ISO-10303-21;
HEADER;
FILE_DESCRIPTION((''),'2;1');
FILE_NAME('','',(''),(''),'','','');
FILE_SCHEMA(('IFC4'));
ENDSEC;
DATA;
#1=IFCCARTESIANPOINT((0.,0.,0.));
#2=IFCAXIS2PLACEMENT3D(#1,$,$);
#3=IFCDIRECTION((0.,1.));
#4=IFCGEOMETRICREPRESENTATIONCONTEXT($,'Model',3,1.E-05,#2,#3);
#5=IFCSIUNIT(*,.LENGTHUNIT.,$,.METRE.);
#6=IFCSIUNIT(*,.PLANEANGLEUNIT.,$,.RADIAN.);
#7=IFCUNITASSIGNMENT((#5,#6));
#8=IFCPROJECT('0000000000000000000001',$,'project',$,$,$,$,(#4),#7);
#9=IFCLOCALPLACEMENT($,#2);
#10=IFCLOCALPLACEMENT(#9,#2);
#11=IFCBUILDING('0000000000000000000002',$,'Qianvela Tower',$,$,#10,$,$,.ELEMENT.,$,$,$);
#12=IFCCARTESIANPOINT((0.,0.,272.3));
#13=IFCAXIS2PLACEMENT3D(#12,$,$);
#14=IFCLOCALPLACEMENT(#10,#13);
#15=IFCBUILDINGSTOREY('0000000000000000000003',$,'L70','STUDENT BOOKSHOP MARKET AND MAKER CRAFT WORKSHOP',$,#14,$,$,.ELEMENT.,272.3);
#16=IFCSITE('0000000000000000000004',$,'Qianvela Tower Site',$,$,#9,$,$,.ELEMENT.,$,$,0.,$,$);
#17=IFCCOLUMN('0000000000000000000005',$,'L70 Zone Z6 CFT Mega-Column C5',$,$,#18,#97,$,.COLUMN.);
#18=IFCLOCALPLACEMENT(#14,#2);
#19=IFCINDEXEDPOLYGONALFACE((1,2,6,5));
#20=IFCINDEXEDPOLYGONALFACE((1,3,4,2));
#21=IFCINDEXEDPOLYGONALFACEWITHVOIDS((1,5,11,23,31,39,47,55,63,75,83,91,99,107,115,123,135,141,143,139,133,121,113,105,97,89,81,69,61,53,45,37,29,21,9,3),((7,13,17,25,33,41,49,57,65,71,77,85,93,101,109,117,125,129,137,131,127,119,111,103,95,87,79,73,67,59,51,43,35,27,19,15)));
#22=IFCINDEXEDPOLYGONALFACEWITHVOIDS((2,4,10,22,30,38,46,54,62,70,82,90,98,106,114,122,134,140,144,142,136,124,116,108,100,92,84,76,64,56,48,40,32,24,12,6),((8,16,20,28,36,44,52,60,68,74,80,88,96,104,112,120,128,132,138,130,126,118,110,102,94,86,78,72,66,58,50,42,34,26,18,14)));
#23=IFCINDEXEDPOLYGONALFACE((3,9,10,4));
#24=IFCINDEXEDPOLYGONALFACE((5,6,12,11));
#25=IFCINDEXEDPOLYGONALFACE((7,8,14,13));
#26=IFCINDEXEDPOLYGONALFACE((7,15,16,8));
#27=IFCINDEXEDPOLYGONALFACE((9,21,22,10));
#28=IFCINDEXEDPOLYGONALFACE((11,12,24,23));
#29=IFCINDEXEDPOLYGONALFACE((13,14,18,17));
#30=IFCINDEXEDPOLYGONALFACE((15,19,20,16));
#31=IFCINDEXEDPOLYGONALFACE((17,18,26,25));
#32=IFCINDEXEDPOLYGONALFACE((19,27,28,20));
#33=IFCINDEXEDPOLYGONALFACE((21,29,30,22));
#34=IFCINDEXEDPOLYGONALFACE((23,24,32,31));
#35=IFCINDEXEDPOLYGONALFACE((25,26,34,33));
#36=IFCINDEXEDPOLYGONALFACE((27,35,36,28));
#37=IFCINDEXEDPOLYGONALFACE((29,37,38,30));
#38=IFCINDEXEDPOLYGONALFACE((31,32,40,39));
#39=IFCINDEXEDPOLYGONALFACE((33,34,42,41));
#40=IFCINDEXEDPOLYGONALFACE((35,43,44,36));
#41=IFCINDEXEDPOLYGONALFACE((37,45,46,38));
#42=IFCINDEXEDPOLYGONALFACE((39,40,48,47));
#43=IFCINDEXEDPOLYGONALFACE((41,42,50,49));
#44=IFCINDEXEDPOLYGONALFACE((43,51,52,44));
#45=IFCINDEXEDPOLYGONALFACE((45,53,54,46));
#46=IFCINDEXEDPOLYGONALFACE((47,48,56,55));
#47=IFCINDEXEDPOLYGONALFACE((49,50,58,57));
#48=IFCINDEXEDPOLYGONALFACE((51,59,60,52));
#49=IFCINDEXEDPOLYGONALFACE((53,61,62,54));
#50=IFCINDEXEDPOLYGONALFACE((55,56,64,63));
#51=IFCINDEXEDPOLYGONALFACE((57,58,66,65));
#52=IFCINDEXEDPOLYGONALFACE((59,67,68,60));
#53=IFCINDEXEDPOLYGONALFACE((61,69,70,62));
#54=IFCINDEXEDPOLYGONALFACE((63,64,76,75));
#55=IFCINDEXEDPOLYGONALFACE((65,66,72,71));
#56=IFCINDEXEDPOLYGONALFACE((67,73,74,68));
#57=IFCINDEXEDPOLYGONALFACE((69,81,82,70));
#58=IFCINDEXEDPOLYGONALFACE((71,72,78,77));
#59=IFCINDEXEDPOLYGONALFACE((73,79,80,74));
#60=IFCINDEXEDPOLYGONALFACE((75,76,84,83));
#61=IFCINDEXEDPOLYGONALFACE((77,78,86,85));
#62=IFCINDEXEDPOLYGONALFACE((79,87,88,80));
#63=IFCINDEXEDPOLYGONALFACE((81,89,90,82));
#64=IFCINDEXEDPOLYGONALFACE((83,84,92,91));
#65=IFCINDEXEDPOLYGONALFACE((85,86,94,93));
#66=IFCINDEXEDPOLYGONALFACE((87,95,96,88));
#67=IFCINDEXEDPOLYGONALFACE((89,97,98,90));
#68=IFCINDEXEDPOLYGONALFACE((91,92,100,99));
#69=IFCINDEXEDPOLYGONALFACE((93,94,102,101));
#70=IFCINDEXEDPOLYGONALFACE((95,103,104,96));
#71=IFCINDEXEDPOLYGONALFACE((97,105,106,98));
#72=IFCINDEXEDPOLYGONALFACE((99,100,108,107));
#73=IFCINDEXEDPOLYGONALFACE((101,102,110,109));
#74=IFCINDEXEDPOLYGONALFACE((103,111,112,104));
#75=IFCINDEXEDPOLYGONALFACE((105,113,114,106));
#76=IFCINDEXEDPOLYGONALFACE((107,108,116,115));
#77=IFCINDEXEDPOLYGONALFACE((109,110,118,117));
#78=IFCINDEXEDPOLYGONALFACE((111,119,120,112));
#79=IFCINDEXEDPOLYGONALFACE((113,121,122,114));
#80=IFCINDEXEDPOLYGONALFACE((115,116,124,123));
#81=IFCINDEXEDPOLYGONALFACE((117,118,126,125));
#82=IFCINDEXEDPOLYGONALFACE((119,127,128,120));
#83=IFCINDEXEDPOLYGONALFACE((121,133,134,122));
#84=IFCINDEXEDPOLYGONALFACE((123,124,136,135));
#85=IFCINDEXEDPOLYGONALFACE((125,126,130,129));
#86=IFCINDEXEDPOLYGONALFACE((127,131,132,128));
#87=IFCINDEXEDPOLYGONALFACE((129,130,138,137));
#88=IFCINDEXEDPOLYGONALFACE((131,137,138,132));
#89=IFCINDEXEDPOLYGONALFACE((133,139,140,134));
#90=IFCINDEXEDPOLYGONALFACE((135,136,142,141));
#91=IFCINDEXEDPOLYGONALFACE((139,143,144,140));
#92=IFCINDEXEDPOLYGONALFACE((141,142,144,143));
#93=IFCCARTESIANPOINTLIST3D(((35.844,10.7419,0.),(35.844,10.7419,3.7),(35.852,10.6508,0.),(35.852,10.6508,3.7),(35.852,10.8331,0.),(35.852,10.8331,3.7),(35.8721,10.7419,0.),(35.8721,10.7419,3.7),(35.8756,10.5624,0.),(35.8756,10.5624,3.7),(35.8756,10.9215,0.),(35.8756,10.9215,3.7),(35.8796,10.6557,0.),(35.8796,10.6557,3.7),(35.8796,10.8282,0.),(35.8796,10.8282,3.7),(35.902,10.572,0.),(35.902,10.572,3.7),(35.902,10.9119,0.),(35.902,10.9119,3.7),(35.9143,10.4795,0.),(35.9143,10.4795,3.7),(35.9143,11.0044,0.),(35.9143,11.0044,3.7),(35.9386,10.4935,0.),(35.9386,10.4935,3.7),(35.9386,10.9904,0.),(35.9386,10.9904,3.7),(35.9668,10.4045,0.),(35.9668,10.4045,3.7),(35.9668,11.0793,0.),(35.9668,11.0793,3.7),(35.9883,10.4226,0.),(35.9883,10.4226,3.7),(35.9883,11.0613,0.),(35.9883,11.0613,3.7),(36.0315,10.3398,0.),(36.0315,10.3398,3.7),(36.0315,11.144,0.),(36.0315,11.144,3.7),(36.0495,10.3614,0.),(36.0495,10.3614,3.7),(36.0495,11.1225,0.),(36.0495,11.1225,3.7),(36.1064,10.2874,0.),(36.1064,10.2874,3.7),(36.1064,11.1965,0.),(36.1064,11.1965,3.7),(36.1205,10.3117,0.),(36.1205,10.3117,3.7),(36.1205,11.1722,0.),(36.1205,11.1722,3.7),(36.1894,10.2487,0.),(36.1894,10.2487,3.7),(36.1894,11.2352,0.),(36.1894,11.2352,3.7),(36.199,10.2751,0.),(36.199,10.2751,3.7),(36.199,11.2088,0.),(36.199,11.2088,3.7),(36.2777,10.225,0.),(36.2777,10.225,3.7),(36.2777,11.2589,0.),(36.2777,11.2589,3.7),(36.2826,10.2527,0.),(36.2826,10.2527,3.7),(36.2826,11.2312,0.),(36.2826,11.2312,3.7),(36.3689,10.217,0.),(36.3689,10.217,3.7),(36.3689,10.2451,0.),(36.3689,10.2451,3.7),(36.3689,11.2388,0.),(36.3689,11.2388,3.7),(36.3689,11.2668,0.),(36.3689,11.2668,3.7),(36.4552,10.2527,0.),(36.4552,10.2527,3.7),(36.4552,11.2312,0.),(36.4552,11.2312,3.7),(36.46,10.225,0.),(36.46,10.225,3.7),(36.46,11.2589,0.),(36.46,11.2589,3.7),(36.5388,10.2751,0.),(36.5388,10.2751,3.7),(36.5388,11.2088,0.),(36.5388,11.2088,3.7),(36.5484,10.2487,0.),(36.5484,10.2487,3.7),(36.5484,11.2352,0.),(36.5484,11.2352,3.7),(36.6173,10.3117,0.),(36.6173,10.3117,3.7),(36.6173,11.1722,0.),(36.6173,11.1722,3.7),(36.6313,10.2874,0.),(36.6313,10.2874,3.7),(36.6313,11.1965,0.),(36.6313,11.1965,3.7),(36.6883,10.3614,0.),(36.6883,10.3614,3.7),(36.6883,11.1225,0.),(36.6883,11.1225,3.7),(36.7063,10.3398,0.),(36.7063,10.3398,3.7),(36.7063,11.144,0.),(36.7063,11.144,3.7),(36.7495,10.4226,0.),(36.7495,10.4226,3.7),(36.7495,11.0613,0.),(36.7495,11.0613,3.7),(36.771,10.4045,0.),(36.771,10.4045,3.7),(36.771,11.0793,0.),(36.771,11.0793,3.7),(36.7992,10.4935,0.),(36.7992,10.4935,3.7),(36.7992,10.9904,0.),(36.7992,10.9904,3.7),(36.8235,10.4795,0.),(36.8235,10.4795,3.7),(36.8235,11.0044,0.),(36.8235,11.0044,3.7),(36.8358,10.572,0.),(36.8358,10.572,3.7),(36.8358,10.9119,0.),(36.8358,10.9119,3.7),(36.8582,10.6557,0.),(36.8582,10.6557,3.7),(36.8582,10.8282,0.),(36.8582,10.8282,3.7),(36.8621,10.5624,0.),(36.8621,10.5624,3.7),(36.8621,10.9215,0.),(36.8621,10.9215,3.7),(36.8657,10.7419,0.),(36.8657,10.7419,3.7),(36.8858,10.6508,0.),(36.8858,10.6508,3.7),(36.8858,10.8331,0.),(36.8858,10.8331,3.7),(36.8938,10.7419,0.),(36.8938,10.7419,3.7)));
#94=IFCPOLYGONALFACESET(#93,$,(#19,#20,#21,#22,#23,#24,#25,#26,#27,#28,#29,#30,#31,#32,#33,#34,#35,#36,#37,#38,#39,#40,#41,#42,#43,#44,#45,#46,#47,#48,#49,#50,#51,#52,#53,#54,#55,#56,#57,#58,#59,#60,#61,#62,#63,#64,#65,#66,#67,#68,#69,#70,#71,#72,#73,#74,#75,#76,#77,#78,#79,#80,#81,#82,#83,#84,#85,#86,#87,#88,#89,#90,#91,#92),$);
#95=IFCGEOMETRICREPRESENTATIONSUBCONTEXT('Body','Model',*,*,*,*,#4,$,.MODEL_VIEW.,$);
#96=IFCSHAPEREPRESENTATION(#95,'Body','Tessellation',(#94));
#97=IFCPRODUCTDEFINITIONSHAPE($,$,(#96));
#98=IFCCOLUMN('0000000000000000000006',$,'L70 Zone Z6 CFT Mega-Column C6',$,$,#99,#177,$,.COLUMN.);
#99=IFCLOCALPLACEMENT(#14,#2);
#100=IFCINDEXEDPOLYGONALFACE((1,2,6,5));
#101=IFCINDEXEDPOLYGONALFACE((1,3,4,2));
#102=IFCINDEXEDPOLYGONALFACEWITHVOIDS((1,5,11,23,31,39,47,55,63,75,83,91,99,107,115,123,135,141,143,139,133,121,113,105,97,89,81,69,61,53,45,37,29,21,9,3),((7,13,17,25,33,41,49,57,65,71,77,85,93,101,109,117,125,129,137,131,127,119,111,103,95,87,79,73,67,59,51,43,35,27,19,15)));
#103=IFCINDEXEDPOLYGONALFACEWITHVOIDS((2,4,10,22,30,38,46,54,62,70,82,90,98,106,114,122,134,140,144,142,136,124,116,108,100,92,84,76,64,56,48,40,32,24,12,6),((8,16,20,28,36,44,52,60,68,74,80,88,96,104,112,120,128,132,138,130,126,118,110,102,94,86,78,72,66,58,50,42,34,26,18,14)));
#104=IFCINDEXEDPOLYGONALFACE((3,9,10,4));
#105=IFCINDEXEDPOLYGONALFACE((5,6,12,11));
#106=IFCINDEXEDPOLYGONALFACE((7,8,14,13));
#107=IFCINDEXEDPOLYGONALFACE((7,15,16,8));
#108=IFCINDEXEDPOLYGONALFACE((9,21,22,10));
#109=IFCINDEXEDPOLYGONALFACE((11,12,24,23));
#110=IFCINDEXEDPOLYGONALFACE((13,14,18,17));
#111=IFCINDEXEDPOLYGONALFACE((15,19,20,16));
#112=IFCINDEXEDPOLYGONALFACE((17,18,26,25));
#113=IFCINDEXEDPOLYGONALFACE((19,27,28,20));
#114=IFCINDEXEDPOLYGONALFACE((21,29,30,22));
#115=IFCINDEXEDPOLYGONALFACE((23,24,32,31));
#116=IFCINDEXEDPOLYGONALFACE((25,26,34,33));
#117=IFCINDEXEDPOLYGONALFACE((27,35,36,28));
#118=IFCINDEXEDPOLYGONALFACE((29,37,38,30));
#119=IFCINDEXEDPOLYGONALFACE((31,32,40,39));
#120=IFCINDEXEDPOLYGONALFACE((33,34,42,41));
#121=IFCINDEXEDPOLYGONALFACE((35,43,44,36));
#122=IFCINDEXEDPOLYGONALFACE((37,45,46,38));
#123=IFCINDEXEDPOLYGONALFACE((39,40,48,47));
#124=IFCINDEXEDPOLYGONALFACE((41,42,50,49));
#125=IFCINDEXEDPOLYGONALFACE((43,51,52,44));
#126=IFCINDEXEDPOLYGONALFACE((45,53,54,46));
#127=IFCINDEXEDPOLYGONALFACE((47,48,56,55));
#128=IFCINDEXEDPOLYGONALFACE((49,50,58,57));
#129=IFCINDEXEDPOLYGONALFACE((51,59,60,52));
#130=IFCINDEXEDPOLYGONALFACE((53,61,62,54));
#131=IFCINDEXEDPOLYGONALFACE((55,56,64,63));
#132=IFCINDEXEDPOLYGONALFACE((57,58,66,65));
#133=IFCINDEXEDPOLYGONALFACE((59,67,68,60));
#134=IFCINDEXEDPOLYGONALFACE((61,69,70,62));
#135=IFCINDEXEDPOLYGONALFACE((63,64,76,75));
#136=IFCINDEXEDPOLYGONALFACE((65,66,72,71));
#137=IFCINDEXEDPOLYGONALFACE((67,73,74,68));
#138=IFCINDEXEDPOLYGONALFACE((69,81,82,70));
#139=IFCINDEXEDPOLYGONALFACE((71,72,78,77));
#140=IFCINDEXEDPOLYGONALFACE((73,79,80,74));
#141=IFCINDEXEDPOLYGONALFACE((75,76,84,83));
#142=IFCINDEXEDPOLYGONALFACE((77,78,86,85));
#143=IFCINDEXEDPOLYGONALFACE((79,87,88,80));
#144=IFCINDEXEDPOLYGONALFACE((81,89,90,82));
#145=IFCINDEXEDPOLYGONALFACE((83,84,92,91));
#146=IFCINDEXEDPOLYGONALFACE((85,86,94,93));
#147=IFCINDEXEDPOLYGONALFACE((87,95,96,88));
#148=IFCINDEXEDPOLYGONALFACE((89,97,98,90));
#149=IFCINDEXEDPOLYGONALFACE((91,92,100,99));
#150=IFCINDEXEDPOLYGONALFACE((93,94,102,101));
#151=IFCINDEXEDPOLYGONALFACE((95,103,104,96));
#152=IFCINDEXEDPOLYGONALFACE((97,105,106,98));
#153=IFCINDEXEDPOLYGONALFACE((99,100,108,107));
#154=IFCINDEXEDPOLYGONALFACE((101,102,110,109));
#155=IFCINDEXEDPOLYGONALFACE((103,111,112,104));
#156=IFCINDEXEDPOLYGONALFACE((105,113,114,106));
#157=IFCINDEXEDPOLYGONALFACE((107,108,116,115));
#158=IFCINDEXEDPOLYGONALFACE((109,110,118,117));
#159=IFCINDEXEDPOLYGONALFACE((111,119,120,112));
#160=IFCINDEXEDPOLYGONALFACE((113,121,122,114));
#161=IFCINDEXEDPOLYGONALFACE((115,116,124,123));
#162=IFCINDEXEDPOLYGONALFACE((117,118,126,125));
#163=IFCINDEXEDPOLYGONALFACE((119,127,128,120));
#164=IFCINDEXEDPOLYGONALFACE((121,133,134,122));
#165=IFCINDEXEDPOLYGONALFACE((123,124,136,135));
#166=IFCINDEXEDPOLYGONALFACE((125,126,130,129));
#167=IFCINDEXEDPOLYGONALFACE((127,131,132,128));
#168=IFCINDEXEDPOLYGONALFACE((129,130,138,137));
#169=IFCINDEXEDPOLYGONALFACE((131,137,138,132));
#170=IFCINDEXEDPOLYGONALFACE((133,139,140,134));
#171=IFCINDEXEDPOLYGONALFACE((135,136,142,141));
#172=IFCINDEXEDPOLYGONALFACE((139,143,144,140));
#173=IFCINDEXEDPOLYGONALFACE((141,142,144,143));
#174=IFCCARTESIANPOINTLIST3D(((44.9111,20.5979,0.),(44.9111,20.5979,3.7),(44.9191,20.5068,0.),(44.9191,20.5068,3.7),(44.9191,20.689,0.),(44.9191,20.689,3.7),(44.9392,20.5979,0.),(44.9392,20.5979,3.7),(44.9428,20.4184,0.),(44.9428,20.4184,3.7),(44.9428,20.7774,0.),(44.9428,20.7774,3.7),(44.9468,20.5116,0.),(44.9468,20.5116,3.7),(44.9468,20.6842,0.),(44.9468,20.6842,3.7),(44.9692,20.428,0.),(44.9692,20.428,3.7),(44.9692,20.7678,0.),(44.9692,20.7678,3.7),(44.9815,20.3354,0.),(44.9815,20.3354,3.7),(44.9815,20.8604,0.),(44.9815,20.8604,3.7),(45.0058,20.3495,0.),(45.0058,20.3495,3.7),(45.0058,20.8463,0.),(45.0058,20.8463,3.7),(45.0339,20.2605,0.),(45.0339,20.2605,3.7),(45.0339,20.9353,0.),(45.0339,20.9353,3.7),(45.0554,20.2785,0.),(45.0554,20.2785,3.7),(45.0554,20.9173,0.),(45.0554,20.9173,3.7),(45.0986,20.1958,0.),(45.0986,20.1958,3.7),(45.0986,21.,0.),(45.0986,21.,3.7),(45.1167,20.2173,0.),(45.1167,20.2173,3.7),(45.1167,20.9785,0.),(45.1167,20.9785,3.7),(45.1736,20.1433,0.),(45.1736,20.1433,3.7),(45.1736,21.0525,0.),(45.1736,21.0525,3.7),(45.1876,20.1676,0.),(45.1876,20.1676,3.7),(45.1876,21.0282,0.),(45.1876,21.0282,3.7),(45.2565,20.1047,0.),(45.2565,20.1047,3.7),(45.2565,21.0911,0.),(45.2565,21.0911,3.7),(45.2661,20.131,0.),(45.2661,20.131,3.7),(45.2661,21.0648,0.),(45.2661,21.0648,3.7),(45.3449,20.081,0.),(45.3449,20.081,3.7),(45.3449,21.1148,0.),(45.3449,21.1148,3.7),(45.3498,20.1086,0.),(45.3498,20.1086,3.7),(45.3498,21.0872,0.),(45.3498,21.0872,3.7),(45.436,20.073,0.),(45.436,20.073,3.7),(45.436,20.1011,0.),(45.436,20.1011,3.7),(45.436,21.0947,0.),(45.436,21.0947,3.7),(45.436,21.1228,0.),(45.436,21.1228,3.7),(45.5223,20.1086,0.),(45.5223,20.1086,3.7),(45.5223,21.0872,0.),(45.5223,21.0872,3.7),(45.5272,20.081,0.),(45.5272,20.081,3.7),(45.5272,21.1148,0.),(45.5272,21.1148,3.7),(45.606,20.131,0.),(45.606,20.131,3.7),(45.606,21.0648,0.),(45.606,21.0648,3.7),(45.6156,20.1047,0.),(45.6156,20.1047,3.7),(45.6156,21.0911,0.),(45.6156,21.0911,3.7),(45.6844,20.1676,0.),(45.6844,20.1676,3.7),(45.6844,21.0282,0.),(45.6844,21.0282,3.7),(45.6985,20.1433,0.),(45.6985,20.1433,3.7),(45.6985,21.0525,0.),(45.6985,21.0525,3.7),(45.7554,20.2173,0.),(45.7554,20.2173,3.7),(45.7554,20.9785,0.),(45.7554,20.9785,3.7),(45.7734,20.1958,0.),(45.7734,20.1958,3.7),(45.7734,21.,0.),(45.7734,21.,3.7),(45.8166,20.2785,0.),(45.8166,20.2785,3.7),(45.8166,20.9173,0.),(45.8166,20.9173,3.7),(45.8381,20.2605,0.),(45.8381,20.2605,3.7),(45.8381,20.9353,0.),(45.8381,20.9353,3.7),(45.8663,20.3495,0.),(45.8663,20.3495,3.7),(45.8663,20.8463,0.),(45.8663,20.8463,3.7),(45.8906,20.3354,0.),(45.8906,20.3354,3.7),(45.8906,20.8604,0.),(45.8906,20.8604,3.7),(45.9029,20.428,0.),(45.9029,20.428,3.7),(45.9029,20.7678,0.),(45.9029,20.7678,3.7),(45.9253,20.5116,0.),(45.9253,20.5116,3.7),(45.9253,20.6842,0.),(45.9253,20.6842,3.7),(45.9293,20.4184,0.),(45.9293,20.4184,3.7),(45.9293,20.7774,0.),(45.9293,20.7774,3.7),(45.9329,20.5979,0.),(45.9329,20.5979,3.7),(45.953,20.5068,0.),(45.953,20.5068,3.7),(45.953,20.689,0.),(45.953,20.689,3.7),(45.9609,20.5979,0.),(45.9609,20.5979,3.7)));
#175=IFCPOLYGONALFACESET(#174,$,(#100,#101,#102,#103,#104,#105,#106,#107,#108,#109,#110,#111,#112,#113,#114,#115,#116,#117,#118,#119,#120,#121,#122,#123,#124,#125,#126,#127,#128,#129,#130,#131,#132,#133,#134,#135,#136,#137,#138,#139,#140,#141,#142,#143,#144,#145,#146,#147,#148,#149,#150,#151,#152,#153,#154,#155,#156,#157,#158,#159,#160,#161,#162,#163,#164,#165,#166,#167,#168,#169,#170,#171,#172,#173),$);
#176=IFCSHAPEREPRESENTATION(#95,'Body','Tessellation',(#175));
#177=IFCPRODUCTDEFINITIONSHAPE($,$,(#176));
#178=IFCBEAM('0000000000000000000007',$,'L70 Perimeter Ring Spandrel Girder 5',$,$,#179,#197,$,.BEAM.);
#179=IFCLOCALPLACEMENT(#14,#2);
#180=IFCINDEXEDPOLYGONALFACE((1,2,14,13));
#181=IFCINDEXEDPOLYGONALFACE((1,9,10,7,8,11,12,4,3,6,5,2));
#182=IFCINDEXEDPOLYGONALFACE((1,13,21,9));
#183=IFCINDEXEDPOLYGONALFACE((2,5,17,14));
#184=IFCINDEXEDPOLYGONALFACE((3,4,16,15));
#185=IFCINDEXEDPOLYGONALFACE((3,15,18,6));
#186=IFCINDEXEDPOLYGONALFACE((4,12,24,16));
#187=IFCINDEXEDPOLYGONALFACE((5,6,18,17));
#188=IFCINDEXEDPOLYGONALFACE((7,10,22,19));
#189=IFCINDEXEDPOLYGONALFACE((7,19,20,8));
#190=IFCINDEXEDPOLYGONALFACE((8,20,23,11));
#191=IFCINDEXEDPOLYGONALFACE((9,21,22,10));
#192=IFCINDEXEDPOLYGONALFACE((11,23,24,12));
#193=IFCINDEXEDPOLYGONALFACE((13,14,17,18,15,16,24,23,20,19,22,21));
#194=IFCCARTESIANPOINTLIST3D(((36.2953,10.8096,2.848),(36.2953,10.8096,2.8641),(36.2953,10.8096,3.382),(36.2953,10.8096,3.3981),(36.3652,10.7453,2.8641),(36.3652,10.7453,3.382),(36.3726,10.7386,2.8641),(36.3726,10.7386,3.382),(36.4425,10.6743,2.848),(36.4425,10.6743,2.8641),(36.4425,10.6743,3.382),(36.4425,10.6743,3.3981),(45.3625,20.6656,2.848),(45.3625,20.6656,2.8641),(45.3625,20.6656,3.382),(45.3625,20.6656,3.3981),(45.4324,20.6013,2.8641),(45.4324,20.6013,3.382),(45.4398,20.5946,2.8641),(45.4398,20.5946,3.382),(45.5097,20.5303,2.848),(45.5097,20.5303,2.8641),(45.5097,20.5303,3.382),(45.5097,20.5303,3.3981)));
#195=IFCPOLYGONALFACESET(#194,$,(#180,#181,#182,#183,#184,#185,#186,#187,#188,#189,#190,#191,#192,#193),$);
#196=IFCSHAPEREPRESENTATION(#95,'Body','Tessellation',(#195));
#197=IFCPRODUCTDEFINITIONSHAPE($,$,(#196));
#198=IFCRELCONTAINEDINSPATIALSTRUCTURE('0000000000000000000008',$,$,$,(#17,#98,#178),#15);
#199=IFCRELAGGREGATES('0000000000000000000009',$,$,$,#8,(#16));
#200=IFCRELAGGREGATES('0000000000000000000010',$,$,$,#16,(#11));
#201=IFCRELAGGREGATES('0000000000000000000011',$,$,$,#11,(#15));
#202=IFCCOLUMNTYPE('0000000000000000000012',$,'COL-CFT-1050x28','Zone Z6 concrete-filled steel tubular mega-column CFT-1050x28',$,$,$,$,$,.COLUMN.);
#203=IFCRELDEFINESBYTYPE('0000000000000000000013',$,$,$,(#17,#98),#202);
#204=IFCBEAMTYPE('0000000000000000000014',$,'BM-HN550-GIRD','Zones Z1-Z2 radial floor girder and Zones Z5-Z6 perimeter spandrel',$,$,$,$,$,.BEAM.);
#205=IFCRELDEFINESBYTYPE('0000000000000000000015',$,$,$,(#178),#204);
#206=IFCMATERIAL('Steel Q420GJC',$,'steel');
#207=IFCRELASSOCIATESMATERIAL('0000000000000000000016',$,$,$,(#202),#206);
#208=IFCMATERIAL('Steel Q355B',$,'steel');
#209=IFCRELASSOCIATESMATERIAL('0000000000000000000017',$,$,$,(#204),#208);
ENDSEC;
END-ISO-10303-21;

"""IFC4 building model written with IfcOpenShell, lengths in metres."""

from ifc_helpers import new_model, si_unit, direction, frame, origin, origin_2d, place, context, subcontext, project, spatial, hollow_circle, i_section, extrude, material, material_profile, profile_set, type_object, element, save


model = new_model("IFC4")

# Units and contexts
model_context = context("Model", 3, precision=1e-05, world=origin(), true_north=direction((0.0, 1.0)))
body_context = subcontext(model_context, "Body", "Model", "MODEL_VIEW")
ifc_project = project(units=[si_unit("LENGTHUNIT", "METRE"), si_unit("PLANEANGLEUNIT", "RADIAN")], contexts=[model_context])

# Site, building, storey
site_placement = place(None, origin())
site = spatial("IfcSite", under=ifc_project, at=site_placement, Name="Qianvela Tower Site", CompositionType="ELEMENT", RefElevation=0.0)
building_placement = place(site_placement, origin())
building = spatial("IfcBuilding", under=site, at=building_placement, Name="Qianvela Tower", CompositionType="ELEMENT")
storey_placement = place(building_placement, frame((0.0, 0.0, 272.3)))
storey = spatial("IfcBuildingStorey", under=building, at=storey_placement, Name="L70", Description="STUDENT BOOKSHOP MARKET AND MAKER CRAFT WORKSHOP", CompositionType="ELEMENT", Elevation=272.3)

# Columns
ifc_material_1 = material(Name="Steel Q420GJC", Category="steel")
ifc_material_profile_1 = material_profile(ifc_material_1, hollow_circle(Radius=0.5249, WallThickness=0.0281, at=origin_2d()), Name="CFT-1050x28")
ifc_profile_set_1 = profile_set([ifc_material_profile_1], Name="Steel Q420GJC")
column_type = type_object("IfcColumnType", Name="COL-CFT-1050x28", Description="Zone Z6 concrete-filled steel tubular mega-column CFT-1050x28", PredefinedType="COLUMN", material=ifc_profile_set_1)
for number, where, z_axis, x_axis, name in (
    (1, (36.3689, 10.7419, 0.0), (0.0, 0.0, 1.0), (1.0, 0.0, 0.0), "L70 Zone Z6 CFT Mega-Column C5"),
    (2, (45.436, 20.5979, 0.0), (0.0, 0.0, 1.0), (1.0, 0.0, 0.0), "L70 Zone Z6 CFT Mega-Column C6"),
):
    element("IfcColumn", number, at=place(storey_placement, frame(where, z_axis=z_axis, x_axis=x_axis)), inside=storey, type_object=column_type, Name=name, PredefinedType="COLUMN", context=body_context, shape_type="SweptSolid", body=[
        extrude(hollow_circle(Radius=0.5249, WallThickness=0.0281, at=origin_2d()), origin(), (0.0, 0.0, 1.0), 3.7),
    ])

# Beam
ifc_material_2 = material(Name="Steel Q355B", Category="steel")
ifc_material_profile_2 = material_profile(ifc_material_2, i_section(OverallWidth=0.2, OverallDepth=0.55, WebThickness=0.01, FlangeThickness=0.0161, at=origin_2d()), Name="HN550x200x10x16")
ifc_profile_set_2 = profile_set([ifc_material_profile_2], Name="Steel Q355B")
beam_type_1 = type_object("IfcBeamType", Name="BM-HN550-GIRD", Description="Zones Z1-Z2 radial floor girder and Zones Z5-Z6 perimeter spandrel", PredefinedType="BEAM", material=ifc_profile_set_2)
beam_1_placement = place(storey_placement, frame((36.3689, 10.7419, 3.123), z_axis=(0.677043, 0.735944, 0.0), x_axis=(-0.735944, 0.677043, 0.0)))
element("IfcBeam", 3, at=beam_1_placement, inside=storey, type_object=beam_type_1, Name="L70 Perimeter Ring Spandrel Girder 5", PredefinedType="BEAM", context=body_context, shape_type="SweptSolid", body=[
    extrude(i_section(OverallWidth=0.2, OverallDepth=0.55, WebThickness=0.01, FlangeThickness=0.0161, at=origin_2d()), origin(), (0.0, 0.0, 1.0), 13.3923),
])

save(model, "model.ifc")
